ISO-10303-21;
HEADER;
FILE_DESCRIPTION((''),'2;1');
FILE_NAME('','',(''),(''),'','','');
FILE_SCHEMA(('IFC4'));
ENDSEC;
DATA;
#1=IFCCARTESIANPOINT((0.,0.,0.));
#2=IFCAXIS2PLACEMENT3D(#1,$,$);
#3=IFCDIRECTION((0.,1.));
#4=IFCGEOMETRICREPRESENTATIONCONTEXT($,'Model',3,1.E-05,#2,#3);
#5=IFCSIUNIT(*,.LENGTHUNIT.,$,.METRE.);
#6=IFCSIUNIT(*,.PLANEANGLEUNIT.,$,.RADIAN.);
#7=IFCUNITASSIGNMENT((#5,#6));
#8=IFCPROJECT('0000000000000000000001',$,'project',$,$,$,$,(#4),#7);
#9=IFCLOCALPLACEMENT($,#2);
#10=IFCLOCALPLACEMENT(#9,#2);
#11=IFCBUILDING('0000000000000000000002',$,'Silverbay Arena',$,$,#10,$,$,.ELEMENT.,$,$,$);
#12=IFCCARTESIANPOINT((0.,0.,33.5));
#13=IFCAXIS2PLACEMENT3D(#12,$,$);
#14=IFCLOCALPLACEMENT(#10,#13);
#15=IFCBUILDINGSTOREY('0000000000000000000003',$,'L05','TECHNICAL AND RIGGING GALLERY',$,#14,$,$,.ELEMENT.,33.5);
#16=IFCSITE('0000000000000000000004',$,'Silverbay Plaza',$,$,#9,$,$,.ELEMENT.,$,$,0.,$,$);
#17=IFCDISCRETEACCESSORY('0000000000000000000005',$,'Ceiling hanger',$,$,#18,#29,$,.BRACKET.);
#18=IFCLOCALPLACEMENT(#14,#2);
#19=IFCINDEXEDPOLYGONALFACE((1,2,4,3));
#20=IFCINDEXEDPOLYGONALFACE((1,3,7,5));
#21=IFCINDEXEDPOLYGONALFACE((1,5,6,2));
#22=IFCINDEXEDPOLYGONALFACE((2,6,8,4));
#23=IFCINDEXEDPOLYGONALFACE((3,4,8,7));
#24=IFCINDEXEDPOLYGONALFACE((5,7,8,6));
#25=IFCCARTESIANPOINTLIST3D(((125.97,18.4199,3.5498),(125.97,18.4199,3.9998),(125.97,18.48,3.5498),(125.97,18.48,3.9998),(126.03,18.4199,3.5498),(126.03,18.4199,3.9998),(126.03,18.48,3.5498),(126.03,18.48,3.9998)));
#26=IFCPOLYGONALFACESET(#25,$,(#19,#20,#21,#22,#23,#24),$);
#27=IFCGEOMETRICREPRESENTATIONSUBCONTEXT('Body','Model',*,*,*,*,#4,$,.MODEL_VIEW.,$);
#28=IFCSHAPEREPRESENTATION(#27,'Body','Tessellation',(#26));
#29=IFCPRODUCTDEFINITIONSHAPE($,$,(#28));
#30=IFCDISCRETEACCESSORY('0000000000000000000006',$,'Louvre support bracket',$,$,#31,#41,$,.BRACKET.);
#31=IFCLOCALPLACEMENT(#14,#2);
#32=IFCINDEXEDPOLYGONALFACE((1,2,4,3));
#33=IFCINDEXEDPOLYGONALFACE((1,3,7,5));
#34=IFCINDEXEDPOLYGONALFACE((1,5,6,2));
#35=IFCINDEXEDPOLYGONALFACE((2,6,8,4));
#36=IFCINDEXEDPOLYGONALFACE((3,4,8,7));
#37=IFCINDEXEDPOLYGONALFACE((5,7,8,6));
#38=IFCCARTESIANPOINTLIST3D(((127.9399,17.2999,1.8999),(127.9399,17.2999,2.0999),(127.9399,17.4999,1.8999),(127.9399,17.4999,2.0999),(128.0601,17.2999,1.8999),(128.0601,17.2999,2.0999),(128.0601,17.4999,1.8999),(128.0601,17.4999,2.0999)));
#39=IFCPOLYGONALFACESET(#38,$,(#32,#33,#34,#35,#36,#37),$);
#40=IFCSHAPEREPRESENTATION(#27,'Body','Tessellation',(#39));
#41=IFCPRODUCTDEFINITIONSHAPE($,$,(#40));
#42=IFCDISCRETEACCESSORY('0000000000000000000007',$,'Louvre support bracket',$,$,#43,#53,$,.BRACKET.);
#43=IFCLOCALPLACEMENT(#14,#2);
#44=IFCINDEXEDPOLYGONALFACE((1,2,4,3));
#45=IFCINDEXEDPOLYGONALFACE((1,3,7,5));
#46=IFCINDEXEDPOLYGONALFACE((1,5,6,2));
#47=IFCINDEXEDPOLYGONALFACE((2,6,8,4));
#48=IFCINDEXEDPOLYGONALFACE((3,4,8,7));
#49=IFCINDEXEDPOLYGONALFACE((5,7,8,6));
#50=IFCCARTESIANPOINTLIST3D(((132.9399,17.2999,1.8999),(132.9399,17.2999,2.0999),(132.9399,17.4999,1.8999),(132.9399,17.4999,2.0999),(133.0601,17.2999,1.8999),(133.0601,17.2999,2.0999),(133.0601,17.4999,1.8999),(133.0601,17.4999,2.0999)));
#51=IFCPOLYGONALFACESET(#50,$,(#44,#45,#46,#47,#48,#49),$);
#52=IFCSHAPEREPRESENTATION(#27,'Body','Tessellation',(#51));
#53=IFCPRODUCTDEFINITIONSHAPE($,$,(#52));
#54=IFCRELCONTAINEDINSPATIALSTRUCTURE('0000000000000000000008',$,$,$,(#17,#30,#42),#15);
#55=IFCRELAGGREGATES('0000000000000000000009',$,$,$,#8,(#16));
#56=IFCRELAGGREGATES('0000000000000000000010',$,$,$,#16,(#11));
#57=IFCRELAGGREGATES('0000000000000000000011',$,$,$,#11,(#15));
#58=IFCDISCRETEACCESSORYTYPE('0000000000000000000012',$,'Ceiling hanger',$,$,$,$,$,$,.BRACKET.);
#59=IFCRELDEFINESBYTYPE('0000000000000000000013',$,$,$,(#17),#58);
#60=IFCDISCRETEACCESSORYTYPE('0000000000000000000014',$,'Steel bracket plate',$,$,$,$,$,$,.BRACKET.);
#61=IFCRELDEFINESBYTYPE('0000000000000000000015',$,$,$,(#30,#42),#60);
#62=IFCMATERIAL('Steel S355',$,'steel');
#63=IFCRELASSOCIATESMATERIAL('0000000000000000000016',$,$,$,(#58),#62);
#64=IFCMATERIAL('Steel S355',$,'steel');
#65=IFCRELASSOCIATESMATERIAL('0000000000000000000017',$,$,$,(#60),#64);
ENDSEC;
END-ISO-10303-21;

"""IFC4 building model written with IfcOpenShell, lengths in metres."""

from ifc_helpers import new_model, si_unit, direction, frame, origin, origin_2d, place, context, subcontext, project, spatial, rectangle, extrude, material, type_object, element, save


model = new_model("IFC4")

# Units and contexts
model_context = context("Model", 3, precision=1e-05, world=origin(), true_north=direction((0.0, 1.0)))
body_context = subcontext(model_context, "Body", "Model", "MODEL_VIEW")
ifc_project = project(units=[si_unit("LENGTHUNIT", "METRE"), si_unit("PLANEANGLEUNIT", "RADIAN")], contexts=[model_context])

# Site, building, storey
site_placement = place(None, origin())
site = spatial("IfcSite", under=ifc_project, at=site_placement, Name="Silverbay Plaza", CompositionType="ELEMENT", RefElevation=0.0)
building_placement = place(site_placement, origin())
building = spatial("IfcBuilding", under=site, at=building_placement, Name="Silverbay Arena", CompositionType="ELEMENT")
storey_placement = place(building_placement, frame((0.0, 0.0, 33.5)))
storey = spatial("IfcBuildingStorey", under=building, at=storey_placement, Name="L05", Description="TECHNICAL AND RIGGING GALLERY", CompositionType="ELEMENT", Elevation=33.5)

# Discrete accessories
ifc_material_1 = material(Name="Steel S355", Category="steel")
discrete_accessory_type_1 = type_object("IfcDiscreteAccessoryType", Name="Ceiling hanger", PredefinedType="BRACKET", material=ifc_material_1)
discrete_accessory_placement = place(storey_placement, frame((126.0, 18.45, 3.5498), z_axis=(0.0, 0.0, 1.0), x_axis=(1.0, 0.0, 0.0)))
element("IfcDiscreteAccessory", 1, at=discrete_accessory_placement, inside=storey, type_object=discrete_accessory_type_1, Name="Ceiling hanger", PredefinedType="BRACKET", context=body_context, shape_type="SweptSolid", body=[
    extrude(rectangle(XDim=0.0601, YDim=0.0601, at=origin_2d()), origin(), (0.0, 0.0, 1.0), 0.45),
])
ifc_material_2 = material(Name="Steel S355", Category="steel")
discrete_accessory_type_2 = type_object("IfcDiscreteAccessoryType", Name="Steel bracket plate", PredefinedType="BRACKET", material=ifc_material_2)
for number, where, z_axis, x_axis, name in (
    (2, (128.0, 17.3999, 1.8999), (0.0, 0.0, 1.0), (1.0, 0.0, 0.0), "Louvre support bracket"),
    (3, (133.0, 17.3999, 1.8999), (0.0, 0.0, 1.0), (1.0, 0.0, 0.0), "Louvre support bracket"),
):
    element("IfcDiscreteAccessory", number, at=place(storey_placement, frame(where, z_axis=z_axis, x_axis=x_axis)), inside=storey, type_object=discrete_accessory_type_2, Name=name, PredefinedType="BRACKET", context=body_context, shape_type="SweptSolid", body=[
        extrude(rectangle(XDim=0.1201, YDim=0.2, at=origin_2d()), origin(), (0.0, 0.0, 1.0), 0.2),
    ])

save(model, "model.ifc")
